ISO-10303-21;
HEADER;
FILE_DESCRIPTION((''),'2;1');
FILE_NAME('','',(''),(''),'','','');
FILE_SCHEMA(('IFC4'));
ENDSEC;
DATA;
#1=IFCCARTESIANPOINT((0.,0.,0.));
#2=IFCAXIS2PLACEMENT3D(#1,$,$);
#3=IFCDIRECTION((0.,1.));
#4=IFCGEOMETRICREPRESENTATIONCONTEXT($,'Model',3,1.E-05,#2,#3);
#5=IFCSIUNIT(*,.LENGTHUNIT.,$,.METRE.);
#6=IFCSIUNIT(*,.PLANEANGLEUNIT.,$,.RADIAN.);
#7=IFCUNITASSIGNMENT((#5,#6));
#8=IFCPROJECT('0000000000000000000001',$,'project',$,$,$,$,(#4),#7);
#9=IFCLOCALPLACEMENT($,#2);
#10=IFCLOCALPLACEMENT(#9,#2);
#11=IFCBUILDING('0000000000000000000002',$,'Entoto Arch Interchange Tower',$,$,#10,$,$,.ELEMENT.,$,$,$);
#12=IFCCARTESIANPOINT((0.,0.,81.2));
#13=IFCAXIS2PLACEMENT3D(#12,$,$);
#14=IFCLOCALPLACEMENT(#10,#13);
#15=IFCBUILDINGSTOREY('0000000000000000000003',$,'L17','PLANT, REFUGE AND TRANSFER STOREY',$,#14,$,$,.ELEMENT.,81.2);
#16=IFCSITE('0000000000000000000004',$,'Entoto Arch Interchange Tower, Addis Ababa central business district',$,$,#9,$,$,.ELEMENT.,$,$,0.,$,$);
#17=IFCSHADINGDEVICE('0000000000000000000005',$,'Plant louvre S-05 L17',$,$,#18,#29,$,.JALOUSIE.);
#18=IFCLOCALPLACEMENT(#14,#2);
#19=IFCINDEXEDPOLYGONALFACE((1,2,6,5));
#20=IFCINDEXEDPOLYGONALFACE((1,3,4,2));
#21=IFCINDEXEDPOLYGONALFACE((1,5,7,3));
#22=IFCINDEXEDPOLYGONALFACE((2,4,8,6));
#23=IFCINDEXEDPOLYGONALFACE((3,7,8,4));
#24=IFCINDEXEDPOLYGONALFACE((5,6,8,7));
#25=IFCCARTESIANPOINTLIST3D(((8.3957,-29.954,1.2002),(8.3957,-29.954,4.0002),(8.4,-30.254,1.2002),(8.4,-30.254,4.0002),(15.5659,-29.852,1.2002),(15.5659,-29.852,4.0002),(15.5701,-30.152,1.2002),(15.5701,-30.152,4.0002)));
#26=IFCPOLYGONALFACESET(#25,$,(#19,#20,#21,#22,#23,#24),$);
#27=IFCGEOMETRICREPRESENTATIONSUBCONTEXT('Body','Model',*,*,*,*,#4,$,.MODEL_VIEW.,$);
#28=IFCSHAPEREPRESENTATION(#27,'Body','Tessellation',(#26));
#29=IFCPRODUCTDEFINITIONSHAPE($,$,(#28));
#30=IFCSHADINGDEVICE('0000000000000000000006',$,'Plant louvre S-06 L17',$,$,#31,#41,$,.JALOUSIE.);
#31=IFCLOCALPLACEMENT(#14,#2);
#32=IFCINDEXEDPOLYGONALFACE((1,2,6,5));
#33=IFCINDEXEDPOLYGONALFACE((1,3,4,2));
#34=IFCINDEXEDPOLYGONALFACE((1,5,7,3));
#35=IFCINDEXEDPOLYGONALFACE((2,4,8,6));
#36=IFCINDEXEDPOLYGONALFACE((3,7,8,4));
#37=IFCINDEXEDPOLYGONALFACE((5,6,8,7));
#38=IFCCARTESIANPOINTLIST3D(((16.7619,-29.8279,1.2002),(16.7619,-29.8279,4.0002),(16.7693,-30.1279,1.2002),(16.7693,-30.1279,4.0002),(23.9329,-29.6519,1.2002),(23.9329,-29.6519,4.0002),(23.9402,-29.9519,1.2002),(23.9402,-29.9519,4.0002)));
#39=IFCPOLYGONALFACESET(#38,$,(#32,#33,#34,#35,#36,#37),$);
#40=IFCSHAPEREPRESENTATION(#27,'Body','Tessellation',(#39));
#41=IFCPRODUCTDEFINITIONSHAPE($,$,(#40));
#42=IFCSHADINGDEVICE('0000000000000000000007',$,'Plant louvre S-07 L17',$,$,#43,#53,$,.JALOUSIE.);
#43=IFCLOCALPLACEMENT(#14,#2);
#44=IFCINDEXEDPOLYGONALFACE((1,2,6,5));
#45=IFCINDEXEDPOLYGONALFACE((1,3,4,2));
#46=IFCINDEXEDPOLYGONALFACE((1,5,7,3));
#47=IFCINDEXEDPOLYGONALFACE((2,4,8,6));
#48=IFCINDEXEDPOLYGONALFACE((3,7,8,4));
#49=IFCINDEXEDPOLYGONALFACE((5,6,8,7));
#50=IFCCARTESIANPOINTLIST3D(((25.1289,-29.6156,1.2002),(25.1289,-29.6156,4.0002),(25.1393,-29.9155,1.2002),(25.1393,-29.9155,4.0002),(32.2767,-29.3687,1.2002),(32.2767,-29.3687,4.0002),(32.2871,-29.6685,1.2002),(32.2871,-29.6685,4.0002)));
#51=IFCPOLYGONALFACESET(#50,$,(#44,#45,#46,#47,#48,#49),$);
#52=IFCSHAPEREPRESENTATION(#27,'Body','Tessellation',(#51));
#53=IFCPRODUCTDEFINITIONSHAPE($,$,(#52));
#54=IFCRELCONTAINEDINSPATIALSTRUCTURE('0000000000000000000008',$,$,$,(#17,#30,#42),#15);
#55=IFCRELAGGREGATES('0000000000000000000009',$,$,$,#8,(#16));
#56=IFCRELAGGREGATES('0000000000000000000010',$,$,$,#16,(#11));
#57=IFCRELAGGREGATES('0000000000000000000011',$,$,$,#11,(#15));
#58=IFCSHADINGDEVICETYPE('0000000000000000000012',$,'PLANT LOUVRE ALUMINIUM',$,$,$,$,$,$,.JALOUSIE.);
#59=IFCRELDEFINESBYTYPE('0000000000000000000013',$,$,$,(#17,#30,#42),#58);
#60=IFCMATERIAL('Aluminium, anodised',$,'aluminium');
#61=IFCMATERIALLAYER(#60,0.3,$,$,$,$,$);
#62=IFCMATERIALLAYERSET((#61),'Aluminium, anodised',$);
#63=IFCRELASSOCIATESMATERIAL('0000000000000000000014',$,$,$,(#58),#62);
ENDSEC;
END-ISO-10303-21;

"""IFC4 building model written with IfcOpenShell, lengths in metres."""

from ifc_helpers import new_model, si_unit, direction, frame, origin, origin_2d, place, context, subcontext, project, spatial, rectangle, extrude, material, layer, layer_set, type_object, element, save


model = new_model("IFC4")

# Units and contexts
model_context = context("Model", 3, precision=1e-05, world=origin(), true_north=direction((0.0, 1.0)))
body_context = subcontext(model_context, "Body", "Model", "MODEL_VIEW")
ifc_project = project(units=[si_unit("LENGTHUNIT", "METRE"), si_unit("PLANEANGLEUNIT", "RADIAN")], contexts=[model_context])

# Site, building, storey
site_placement = place(None, origin())
site = spatial("IfcSite", under=ifc_project, at=site_placement, Name="Entoto Arch Interchange Tower, Addis Ababa central business district", CompositionType="ELEMENT", RefElevation=0.0)
building_placement = place(site_placement, origin())
building = spatial("IfcBuilding", under=site, at=building_placement, Name="Entoto Arch Interchange Tower", CompositionType="ELEMENT")
storey_placement = place(building_placement, frame((0.0, 0.0, 81.2)))
storey = spatial("IfcBuildingStorey", under=building, at=storey_placement, Name="L17", Description="PLANT, REFUGE AND TRANSFER STOREY", CompositionType="ELEMENT", Elevation=81.2)

# Shading devices
ifc_material_1 = material(Name="Aluminium, anodised", Category="aluminium")
ifc_layer_1 = layer(ifc_material_1, 0.3)
ifc_layer_set_1 = layer_set([ifc_layer_1], Name="Aluminium, anodised")
shading_device_type = type_object("IfcShadingDeviceType", Name="PLANT LOUVRE ALUMINIUM", PredefinedType="JALOUSIE", material=ifc_layer_set_1)
shading_device_1_placement = place(storey_placement, frame((11.9829, -30.053, 1.2002), z_axis=(0.0, 0.0, 1.0), x_axis=(0.999899, 0.014224, 0.0)))
element("IfcShadingDevice", 1, at=shading_device_1_placement, inside=storey, type_object=shading_device_type, Name="Plant louvre S-05 L17", PredefinedType="JALOUSIE", context=body_context, shape_type="SweptSolid", body=[
    extrude(rectangle(XDim=7.1709, YDim=0.3, at=origin_2d()), origin(), (0.0, 0.0, 1.0), 2.8),
])
shading_device_2_placement = place(storey_placement, frame((20.3511, -29.8899, 1.2002), z_axis=(0.0, 0.0, 1.0), x_axis=(0.999699, 0.024537, 0.0)))
element("IfcShadingDevice", 2, at=shading_device_2_placement, inside=storey, type_object=shading_device_type, Name="Plant louvre S-06 L17", PredefinedType="JALOUSIE", context=body_context, shape_type="SweptSolid", body=[
    extrude(rectangle(XDim=7.1731, YDim=0.3, at=origin_2d()), origin(), (0.0, 0.0, 1.0), 2.8),
])
shading_device_3_placement = place(storey_placement, frame((28.708, -29.6421, 1.2002), z_axis=(0.0, 0.0, 1.0), x_axis=(0.999404, 0.034533, 0.0)))
element("IfcShadingDevice", 3, at=shading_device_3_placement, inside=storey, type_object=shading_device_type, Name="Plant louvre S-07 L17", PredefinedType="JALOUSIE", context=body_context, shape_type="SweptSolid", body=[
    extrude(rectangle(XDim=7.1521, YDim=0.3, at=origin_2d()), origin(), (0.0, 0.0, 1.0), 2.8),
])

save(model, "model.ifc")
